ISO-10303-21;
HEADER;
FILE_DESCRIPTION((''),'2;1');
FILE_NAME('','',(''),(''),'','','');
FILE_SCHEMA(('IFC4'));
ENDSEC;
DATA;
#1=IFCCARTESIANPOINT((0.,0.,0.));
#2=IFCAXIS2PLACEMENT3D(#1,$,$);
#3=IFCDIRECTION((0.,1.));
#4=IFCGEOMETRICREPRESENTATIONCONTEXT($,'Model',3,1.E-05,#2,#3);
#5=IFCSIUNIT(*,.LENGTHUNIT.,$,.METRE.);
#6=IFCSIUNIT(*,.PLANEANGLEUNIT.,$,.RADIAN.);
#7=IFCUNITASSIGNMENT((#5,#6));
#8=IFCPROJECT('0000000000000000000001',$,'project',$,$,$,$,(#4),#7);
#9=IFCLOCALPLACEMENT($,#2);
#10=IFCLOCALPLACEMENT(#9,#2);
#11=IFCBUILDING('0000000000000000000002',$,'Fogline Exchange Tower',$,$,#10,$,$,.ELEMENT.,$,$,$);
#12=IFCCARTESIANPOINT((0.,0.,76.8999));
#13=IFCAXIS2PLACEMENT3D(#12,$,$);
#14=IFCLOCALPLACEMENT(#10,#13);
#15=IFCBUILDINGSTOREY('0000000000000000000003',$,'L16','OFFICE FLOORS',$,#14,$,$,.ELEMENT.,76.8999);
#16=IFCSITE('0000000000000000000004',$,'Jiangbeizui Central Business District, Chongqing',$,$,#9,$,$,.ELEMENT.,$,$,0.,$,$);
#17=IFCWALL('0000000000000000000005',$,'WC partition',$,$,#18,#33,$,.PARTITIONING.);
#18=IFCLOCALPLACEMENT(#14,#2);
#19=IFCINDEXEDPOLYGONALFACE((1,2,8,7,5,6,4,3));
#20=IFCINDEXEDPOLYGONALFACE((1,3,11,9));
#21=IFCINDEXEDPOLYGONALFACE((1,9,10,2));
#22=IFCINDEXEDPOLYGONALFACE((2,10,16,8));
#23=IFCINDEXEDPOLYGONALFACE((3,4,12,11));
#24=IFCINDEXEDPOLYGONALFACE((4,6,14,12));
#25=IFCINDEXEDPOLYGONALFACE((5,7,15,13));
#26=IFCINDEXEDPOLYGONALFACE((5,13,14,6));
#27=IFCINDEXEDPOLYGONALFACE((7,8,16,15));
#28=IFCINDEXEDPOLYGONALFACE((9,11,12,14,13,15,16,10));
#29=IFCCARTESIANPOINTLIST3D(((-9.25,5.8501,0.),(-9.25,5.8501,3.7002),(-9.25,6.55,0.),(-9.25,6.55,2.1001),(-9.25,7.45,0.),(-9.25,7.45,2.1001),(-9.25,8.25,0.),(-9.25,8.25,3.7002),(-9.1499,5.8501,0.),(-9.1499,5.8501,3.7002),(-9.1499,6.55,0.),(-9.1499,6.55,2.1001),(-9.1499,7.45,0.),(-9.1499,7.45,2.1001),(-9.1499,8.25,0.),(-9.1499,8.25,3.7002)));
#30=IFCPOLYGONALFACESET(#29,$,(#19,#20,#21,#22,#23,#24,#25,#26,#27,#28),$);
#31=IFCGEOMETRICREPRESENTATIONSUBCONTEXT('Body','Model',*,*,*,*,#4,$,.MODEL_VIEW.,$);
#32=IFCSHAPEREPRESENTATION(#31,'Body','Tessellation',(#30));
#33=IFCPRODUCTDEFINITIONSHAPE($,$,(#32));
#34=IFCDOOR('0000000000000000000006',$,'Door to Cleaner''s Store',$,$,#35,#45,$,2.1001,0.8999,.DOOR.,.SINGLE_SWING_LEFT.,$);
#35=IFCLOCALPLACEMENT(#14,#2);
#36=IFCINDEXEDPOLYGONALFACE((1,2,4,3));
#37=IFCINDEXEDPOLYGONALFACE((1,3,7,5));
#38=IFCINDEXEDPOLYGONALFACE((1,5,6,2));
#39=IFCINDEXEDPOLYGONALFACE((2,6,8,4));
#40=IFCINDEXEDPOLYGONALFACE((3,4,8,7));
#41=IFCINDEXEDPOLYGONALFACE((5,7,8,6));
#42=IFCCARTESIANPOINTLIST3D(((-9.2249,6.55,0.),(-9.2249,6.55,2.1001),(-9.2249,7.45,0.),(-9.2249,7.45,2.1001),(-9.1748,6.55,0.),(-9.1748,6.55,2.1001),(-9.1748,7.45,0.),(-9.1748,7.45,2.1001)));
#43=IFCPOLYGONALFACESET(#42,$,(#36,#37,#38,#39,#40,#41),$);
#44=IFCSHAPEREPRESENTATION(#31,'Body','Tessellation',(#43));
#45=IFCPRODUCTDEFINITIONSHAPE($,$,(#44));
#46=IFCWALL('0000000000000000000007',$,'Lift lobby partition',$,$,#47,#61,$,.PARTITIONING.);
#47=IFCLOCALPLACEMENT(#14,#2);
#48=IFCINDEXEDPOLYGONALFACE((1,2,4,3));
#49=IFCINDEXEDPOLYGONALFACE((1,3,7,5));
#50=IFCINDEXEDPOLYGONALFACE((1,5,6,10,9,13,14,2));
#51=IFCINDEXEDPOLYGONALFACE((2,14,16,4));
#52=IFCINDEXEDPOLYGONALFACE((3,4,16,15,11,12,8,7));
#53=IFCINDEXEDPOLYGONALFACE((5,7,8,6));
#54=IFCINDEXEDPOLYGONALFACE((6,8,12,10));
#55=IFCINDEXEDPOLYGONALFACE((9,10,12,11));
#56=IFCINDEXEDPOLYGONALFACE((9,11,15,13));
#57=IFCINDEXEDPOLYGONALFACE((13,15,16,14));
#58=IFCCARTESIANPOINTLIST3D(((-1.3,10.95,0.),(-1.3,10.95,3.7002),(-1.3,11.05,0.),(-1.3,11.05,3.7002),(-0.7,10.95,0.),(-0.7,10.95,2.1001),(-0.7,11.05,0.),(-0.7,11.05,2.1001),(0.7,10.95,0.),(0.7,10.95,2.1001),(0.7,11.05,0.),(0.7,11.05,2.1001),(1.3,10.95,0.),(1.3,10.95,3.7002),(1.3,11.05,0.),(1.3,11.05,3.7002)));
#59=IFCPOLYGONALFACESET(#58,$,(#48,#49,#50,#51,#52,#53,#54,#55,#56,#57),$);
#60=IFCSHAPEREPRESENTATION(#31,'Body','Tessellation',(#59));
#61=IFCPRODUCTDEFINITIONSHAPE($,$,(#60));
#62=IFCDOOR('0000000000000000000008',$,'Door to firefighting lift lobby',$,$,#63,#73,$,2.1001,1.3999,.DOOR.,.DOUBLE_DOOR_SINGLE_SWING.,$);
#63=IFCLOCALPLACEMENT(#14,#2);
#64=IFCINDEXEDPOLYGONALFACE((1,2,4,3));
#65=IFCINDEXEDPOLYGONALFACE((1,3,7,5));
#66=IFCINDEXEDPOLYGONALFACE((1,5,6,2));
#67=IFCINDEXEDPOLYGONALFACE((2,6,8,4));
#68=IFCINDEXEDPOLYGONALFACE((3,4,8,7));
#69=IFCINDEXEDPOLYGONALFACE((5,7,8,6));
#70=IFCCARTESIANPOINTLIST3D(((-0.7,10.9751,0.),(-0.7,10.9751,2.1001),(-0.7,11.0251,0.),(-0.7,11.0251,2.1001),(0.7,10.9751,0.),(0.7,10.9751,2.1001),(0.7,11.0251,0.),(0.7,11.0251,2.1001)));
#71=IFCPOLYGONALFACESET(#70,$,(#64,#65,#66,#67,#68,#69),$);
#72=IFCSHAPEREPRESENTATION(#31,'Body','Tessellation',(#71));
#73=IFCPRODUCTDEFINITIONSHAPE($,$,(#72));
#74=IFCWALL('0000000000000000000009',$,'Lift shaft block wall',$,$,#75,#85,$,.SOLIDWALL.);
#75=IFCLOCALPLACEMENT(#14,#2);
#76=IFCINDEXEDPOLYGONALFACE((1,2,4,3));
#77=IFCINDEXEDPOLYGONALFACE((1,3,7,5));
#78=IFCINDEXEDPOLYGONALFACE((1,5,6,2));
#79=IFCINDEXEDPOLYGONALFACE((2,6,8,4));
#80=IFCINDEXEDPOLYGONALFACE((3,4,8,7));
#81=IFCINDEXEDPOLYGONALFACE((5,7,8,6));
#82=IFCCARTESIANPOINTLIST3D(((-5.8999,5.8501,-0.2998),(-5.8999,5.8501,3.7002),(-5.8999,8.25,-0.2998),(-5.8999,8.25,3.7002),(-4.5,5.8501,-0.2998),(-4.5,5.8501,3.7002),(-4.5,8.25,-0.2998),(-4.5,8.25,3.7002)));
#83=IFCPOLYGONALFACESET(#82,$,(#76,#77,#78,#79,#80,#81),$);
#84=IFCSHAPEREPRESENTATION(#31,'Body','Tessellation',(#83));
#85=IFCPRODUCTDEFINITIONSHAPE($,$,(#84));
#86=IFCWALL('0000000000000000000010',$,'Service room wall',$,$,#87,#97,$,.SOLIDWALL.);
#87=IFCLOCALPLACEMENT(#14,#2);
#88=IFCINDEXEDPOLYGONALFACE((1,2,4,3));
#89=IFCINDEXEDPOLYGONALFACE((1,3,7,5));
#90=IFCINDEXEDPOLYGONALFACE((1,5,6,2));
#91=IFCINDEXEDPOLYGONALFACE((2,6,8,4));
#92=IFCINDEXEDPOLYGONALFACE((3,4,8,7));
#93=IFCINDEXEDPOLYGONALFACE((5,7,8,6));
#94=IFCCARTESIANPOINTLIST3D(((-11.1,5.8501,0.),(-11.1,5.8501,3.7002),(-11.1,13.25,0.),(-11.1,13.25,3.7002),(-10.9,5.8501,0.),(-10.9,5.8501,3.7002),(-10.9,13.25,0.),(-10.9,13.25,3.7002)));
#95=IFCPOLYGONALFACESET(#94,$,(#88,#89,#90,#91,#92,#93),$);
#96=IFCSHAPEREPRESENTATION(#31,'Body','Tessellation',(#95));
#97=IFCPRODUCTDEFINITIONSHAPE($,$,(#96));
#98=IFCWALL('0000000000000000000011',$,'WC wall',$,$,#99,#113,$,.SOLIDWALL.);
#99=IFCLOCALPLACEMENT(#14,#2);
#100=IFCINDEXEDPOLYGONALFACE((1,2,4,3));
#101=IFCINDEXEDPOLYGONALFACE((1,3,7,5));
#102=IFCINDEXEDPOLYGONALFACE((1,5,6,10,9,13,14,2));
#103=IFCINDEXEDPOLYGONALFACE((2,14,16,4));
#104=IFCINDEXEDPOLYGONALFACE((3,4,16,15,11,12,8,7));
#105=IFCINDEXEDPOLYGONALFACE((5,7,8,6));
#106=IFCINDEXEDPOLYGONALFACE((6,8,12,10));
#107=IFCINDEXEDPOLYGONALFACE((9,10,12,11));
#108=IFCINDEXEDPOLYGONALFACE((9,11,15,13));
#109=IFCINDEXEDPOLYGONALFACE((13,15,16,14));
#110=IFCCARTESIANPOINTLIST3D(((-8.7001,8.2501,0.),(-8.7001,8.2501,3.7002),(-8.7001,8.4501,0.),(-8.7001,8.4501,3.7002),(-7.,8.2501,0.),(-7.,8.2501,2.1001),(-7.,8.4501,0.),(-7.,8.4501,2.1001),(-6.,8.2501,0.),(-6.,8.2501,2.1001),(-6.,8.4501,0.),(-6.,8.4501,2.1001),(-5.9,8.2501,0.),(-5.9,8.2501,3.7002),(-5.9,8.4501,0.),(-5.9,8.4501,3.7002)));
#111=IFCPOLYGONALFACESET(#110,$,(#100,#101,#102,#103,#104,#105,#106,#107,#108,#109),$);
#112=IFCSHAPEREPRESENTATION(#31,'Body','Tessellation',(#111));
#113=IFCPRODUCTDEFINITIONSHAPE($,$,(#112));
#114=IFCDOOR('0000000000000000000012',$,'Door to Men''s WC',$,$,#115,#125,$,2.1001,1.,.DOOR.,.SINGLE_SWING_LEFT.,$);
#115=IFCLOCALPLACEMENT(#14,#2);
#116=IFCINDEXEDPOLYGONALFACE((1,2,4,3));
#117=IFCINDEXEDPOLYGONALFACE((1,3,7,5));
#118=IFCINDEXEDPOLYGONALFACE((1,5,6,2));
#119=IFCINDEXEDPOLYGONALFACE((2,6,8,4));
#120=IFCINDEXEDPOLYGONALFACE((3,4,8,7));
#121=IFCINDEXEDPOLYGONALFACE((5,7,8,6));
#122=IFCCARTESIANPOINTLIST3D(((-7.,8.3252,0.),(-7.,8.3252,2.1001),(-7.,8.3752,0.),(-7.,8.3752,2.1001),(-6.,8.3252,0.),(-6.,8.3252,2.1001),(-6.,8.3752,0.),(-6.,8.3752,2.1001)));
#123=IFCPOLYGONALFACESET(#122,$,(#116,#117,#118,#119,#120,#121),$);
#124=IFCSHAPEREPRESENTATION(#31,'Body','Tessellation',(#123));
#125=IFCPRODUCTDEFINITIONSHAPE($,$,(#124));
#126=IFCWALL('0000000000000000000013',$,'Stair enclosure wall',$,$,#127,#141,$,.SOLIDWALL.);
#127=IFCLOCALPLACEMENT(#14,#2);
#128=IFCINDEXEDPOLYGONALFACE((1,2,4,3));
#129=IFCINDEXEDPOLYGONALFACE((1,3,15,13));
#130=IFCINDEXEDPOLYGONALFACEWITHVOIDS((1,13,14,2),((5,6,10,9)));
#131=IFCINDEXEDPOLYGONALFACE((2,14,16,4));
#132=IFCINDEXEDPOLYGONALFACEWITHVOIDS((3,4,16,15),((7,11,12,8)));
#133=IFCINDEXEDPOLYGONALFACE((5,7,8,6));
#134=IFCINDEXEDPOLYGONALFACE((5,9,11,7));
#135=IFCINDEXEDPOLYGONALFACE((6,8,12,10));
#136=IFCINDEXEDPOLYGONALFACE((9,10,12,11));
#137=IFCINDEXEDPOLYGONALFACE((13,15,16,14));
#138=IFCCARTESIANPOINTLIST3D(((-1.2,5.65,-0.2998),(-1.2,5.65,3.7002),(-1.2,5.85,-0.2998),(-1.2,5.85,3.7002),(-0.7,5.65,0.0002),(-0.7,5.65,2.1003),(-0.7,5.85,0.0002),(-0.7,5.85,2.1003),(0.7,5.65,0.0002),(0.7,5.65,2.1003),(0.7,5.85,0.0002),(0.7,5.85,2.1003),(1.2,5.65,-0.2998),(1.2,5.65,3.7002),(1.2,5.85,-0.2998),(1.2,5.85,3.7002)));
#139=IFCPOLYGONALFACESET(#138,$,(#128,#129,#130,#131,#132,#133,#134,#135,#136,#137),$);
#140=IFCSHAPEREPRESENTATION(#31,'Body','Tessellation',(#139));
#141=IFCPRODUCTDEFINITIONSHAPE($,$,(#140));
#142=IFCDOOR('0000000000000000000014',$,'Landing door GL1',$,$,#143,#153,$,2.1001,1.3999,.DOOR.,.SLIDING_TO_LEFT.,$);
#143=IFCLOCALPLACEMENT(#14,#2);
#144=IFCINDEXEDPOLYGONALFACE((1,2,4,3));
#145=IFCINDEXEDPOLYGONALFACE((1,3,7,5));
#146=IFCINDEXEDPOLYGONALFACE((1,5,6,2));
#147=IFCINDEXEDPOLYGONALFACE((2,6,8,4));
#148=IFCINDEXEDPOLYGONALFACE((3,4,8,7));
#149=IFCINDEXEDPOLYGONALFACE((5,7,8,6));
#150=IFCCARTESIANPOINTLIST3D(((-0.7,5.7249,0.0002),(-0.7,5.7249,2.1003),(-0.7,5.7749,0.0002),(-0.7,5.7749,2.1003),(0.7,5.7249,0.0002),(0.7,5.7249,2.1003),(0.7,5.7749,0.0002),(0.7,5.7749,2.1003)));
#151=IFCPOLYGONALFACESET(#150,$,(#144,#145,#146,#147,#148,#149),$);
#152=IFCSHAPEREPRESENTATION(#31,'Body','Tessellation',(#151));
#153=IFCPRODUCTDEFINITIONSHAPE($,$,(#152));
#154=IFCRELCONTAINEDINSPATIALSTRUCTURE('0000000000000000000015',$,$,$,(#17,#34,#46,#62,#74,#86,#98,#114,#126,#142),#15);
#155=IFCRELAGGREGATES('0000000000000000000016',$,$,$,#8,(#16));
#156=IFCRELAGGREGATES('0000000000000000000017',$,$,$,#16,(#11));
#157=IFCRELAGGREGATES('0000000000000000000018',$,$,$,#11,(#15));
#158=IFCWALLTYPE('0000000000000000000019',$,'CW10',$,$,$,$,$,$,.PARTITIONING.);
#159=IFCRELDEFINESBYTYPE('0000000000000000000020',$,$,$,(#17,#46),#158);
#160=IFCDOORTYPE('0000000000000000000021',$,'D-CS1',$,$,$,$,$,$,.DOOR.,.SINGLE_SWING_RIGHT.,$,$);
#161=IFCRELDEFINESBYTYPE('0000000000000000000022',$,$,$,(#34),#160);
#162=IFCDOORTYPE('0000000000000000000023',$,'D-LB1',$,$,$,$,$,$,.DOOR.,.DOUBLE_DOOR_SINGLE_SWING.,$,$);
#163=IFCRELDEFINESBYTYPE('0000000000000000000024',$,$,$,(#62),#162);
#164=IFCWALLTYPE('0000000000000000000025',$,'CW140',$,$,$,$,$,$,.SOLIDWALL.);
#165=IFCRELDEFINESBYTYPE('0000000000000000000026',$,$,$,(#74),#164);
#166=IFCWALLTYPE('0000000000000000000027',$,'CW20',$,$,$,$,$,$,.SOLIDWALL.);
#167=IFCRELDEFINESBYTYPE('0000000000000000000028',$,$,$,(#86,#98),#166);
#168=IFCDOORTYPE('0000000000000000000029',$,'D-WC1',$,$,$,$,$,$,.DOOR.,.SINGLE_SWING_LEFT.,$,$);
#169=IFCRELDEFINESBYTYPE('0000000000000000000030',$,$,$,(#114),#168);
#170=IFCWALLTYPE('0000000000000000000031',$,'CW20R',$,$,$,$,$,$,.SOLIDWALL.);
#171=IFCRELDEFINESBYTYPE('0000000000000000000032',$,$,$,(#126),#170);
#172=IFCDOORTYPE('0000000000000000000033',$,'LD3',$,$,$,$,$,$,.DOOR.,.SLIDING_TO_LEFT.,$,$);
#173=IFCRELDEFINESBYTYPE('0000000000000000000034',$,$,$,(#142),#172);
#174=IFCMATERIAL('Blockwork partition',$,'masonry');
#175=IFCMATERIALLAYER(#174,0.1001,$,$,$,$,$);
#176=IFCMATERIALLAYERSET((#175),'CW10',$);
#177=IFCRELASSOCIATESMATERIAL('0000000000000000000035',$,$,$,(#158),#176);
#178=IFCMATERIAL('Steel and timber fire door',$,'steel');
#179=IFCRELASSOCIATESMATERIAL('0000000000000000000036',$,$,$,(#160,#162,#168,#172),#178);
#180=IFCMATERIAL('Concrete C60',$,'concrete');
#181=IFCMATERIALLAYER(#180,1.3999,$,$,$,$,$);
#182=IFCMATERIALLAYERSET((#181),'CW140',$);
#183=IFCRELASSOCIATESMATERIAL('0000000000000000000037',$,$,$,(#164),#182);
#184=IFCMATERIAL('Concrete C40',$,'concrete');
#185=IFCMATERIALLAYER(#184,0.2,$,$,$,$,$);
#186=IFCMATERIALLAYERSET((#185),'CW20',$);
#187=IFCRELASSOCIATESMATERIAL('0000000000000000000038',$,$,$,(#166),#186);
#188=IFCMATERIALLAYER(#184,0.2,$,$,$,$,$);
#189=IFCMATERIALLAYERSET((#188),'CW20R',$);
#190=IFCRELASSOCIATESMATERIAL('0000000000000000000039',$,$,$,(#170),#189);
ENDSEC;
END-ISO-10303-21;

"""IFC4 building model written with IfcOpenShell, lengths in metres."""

from ifc_helpers import new_model, si_unit, direction, frame, frame_2d, origin, place, context, subcontext, project, spatial, rectangle, extrude, material, layer, layer_set, type_object, element, fill, save


model = new_model("IFC4")

# Units and contexts
model_context = context("Model", 3, precision=1e-05, world=origin(), true_north=direction((0.0, 1.0)))
body_context = subcontext(model_context, "Body", "Model", "MODEL_VIEW")
ifc_project = project(units=[si_unit("LENGTHUNIT", "METRE"), si_unit("PLANEANGLEUNIT", "RADIAN")], contexts=[model_context])

# Site, building, storey
site_placement = place(None, origin())
site = spatial("IfcSite", under=ifc_project, at=site_placement, Name="Jiangbeizui Central Business District, Chongqing", CompositionType="ELEMENT", RefElevation=0.0)
building_placement = place(site_placement, origin())
building = spatial("IfcBuilding", under=site, at=building_placement, Name="Fogline Exchange Tower", CompositionType="ELEMENT")
storey_placement = place(building_placement, frame((0.0, 0.0, 76.8999)))
storey = spatial("IfcBuildingStorey", under=building, at=storey_placement, Name="L16", Description="OFFICE FLOORS", CompositionType="ELEMENT", Elevation=76.8999)

# Walls, openings, doors
ifc_material_1 = material(Name="Blockwork partition", Category="masonry")
ifc_layer_1 = layer(ifc_material_1, 0.1001)
ifc_layer_set_1 = layer_set([ifc_layer_1], Name="CW10")
wall_type_1 = type_object("IfcWallType", Name="CW10", PredefinedType="PARTITIONING", material=ifc_layer_set_1)
wall_1_placement = place(storey_placement, frame((-9.2, 5.8501, 0.0), z_axis=(0.0, 0.0, 1.0), x_axis=(0.0, 1.0, 0.0)))
wall_1 = element("IfcWall", 1, at=wall_1_placement, inside=storey, type_object=wall_type_1, Name="WC partition", PredefinedType="PARTITIONING", context=body_context, shape_type="SweptSolid", body=[
    extrude(rectangle(XDim=2.3999, YDim=0.1001, at=frame_2d((1.2, 0.0))), origin(), (0.0, 0.0, 1.0), 3.7002),
])
opening_1_placement = place(wall_1_placement, frame((0.7, 0.0, 0.0)))
opening_1 = element("IfcOpeningElement", 2, at=opening_1_placement, cuts=wall_1, PredefinedType="OPENING", context=body_context, shape_type="SweptSolid", body=[
    extrude(rectangle(XDim=0.8999, YDim=2.1001, at=frame_2d((0.45, 1.05))), frame((0.0, 0.0601, 0.0), z_axis=(0.0, -1.0, 0.0), x_axis=(1.0, 0.0, 0.0)), (0.0, 0.0, 1.0), 0.1201),
])
ifc_material_2 = material(Name="Steel and timber fire door", Category="steel")
door_type_1 = type_object("IfcDoorType", Name="D-CS1", OperationType="SINGLE_SWING_RIGHT", PredefinedType="DOOR", material=ifc_material_2)
door_1_placement = place(opening_1_placement, origin())
door_1 = element("IfcDoor", 3, at=door_1_placement, inside=storey, type_object=door_type_1, Name="Door to Cleaner's Store", OperationType="SINGLE_SWING_LEFT", OverallHeight=2.1001, OverallWidth=0.8999, PredefinedType="DOOR", context=body_context, shape_type="SweptSolid", body=[
    extrude(rectangle(XDim=0.8999, YDim=2.1001, at=frame_2d((0.45, 1.05))), frame((0.0, 0.0249, 0.0), z_axis=(0.0, -1.0, 0.0), x_axis=(1.0, 0.0, 0.0)), (0.0, 0.0, 1.0), 0.05),
])
fill(opening_1, door_1)
wall_2_placement = place(storey_placement, frame((-1.3, 11.0, 0.0), z_axis=(0.0, 0.0, 1.0), x_axis=(1.0, 0.0, 0.0)))
wall_2 = element("IfcWall", 4, at=wall_2_placement, inside=storey, type_object=wall_type_1, Name="Lift lobby partition", PredefinedType="PARTITIONING", context=body_context, shape_type="SweptSolid", body=[
    extrude(rectangle(XDim=2.6001, YDim=0.1001, at=frame_2d((1.3, 0.0))), origin(), (0.0, 0.0, 1.0), 3.7002),
])
opening_2_placement = place(wall_2_placement, frame((0.6001, 0.0, 0.0)))
opening_2 = element("IfcOpeningElement", 5, at=opening_2_placement, cuts=wall_2, PredefinedType="OPENING", context=body_context, shape_type="SweptSolid", body=[
    extrude(rectangle(XDim=1.3999, YDim=2.1001, at=frame_2d((0.7, 1.05))), frame((0.0, 0.0601, 0.0), z_axis=(0.0, -1.0, 0.0), x_axis=(1.0, 0.0, 0.0)), (0.0, 0.0, 1.0), 0.1201),
])
door_type_2 = type_object("IfcDoorType", Name="D-LB1", OperationType="DOUBLE_DOOR_SINGLE_SWING", PredefinedType="DOOR", material=ifc_material_2)
door_2_placement = place(opening_2_placement, frame((1.3999, 0.0, 0.0), z_axis=(0.0, 0.0, 1.0), x_axis=(-1.0, 0.0, 0.0)))
door_2 = element("IfcDoor", 6, at=door_2_placement, inside=storey, type_object=door_type_2, Name="Door to firefighting lift lobby", OperationType="DOUBLE_DOOR_SINGLE_SWING", OverallHeight=2.1001, OverallWidth=1.3999, PredefinedType="DOOR", context=body_context, shape_type="SweptSolid", body=[
    extrude(rectangle(XDim=1.3999, YDim=2.1001, at=frame_2d((0.7, 1.05))), frame((0.0, 0.0249, 0.0), z_axis=(0.0, -1.0, 0.0), x_axis=(1.0, 0.0, 0.0)), (0.0, 0.0, 1.0), 0.05),
])
fill(opening_2, door_2)

# Walls
ifc_material_3 = material(Name="Concrete C60", Category="concrete")
ifc_layer_2 = layer(ifc_material_3, 1.3999)
ifc_layer_set_2 = layer_set([ifc_layer_2], Name="CW140")
wall_type_2 = type_object("IfcWallType", Name="CW140", PredefinedType="SOLIDWALL", material=ifc_layer_set_2)
wall_3_placement = place(storey_placement, frame((-5.2, 5.8501, -0.2998), z_axis=(0.0, 0.0, 1.0), x_axis=(0.0, 1.0, 0.0)))
element("IfcWall", 7, at=wall_3_placement, inside=storey, type_object=wall_type_2, Name="Lift shaft block wall", PredefinedType="SOLIDWALL", context=body_context, shape_type="SweptSolid", body=[
    extrude(rectangle(XDim=2.3999, YDim=1.3999, at=frame_2d((1.2, 0.0))), origin(), (0.0, 0.0, 1.0), 4.0),
])
ifc_material_4 = material(Name="Concrete C40", Category="concrete")
ifc_layer_3 = layer(ifc_material_4, 0.2)
ifc_layer_set_3 = layer_set([ifc_layer_3], Name="CW20")
wall_type_3 = type_object("IfcWallType", Name="CW20", PredefinedType="SOLIDWALL", material=ifc_layer_set_3)
wall_4_placement = place(storey_placement, frame((-11.0, 5.8501, 0.0), z_axis=(0.0, 0.0, 1.0), x_axis=(0.0, 1.0, 0.0)))
element("IfcWall", 8, at=wall_4_placement, inside=storey, type_object=wall_type_3, Name="Service room wall", PredefinedType="SOLIDWALL", context=body_context, shape_type="SweptSolid", body=[
    extrude(rectangle(XDim=7.3999, YDim=0.2, at=frame_2d((3.7, 0.0))), origin(), (0.0, 0.0, 1.0), 3.7002),
])

# Walls, openings, doors
wall_5_placement = place(storey_placement, frame((-8.7, 8.3501, 0.0), z_axis=(0.0, 0.0, 1.0), x_axis=(1.0, 0.0, 0.0)))
wall_5 = element("IfcWall", 9, at=wall_5_placement, inside=storey, type_object=wall_type_3, Name="WC wall", PredefinedType="SOLIDWALL", context=body_context, shape_type="SweptSolid", body=[
    extrude(rectangle(XDim=2.8, YDim=0.2, at=frame_2d((1.3999, 0.0))), origin(), (0.0, 0.0, 1.0), 3.7002),
])
opening_3_placement = place(wall_5_placement, frame((1.7, 0.0, 0.0)))
opening_3 = element("IfcOpeningElement", 10, at=opening_3_placement, cuts=wall_5, PredefinedType="OPENING", context=body_context, shape_type="SweptSolid", body=[
    extrude(rectangle(XDim=1.0, YDim=2.1001, at=frame_2d((0.5, 1.05))), frame((0.0, 0.1099, 0.0), z_axis=(0.0, -1.0, 0.0), x_axis=(1.0, 0.0, 0.0)), (0.0, 0.0, 1.0), 0.22),
])
door_type_3 = type_object("IfcDoorType", Name="D-WC1", OperationType="SINGLE_SWING_LEFT", PredefinedType="DOOR", material=ifc_material_2)
door_3_placement = place(opening_3_placement, frame((1.0, 0.0, 0.0), z_axis=(0.0, 0.0, 1.0), x_axis=(-1.0, 0.0, 0.0)))
door_3 = element("IfcDoor", 11, at=door_3_placement, inside=storey, type_object=door_type_3, Name="Door to Men's WC", OperationType="SINGLE_SWING_LEFT", OverallHeight=2.1001, OverallWidth=1.0, PredefinedType="DOOR", context=body_context, shape_type="SweptSolid", body=[
    extrude(rectangle(XDim=1.0, YDim=2.1001, at=frame_2d((0.5, 1.05))), frame((0.0, 0.0249, 0.0), z_axis=(0.0, -1.0, 0.0), x_axis=(1.0, 0.0, 0.0)), (0.0, 0.0, 1.0), 0.05),
])
fill(opening_3, door_3)
ifc_layer_4 = layer(ifc_material_4, 0.2)
ifc_layer_set_4 = layer_set([ifc_layer_4], Name="CW20R")
wall_type_4 = type_object("IfcWallType", Name="CW20R", PredefinedType="SOLIDWALL", material=ifc_layer_set_4)
wall_6_placement = place(storey_placement, frame((-1.2, 5.75, -0.2998), z_axis=(0.0, 0.0, 1.0), x_axis=(1.0, 0.0, 0.0)))
wall_6 = element("IfcWall", 12, at=wall_6_placement, inside=storey, type_object=wall_type_4, Name="Stair enclosure wall", PredefinedType="SOLIDWALL", context=body_context, shape_type="SweptSolid", body=[
    extrude(rectangle(XDim=2.3999, YDim=0.2, at=frame_2d((1.2, 0.0))), origin(), (0.0, 0.0, 1.0), 4.0),
])
opening_4_placement = place(wall_6_placement, frame((0.5, 0.0, 0.3)))
opening_4 = element("IfcOpeningElement", 13, at=opening_4_placement, cuts=wall_6, PredefinedType="OPENING", context=body_context, shape_type="SweptSolid", body=[
    extrude(rectangle(XDim=1.3999, YDim=2.1001, at=frame_2d((0.7, 1.05))), frame((0.0, 0.1099, 0.0), z_axis=(0.0, -1.0, 0.0), x_axis=(1.0, 0.0, 0.0)), (0.0, 0.0, 1.0), 0.22),
])
door_type_4 = type_object("IfcDoorType", Name="LD3", OperationType="SLIDING_TO_LEFT", PredefinedType="DOOR", material=ifc_material_2)
door_4_placement = place(opening_4_placement, origin())
door_4 = element("IfcDoor", 14, at=door_4_placement, inside=storey, type_object=door_type_4, Name="Landing door GL1", OperationType="SLIDING_TO_LEFT", OverallHeight=2.1001, OverallWidth=1.3999, PredefinedType="DOOR", context=body_context, shape_type="SweptSolid", body=[
    extrude(rectangle(XDim=1.3999, YDim=2.1001, at=frame_2d((0.7, 1.05))), frame((0.0, 0.0249, 0.0), z_axis=(0.0, -1.0, 0.0), x_axis=(1.0, 0.0, 0.0)), (0.0, 0.0, 1.0), 0.05),
])
fill(opening_4, door_4)

save(model, "model.ifc")
